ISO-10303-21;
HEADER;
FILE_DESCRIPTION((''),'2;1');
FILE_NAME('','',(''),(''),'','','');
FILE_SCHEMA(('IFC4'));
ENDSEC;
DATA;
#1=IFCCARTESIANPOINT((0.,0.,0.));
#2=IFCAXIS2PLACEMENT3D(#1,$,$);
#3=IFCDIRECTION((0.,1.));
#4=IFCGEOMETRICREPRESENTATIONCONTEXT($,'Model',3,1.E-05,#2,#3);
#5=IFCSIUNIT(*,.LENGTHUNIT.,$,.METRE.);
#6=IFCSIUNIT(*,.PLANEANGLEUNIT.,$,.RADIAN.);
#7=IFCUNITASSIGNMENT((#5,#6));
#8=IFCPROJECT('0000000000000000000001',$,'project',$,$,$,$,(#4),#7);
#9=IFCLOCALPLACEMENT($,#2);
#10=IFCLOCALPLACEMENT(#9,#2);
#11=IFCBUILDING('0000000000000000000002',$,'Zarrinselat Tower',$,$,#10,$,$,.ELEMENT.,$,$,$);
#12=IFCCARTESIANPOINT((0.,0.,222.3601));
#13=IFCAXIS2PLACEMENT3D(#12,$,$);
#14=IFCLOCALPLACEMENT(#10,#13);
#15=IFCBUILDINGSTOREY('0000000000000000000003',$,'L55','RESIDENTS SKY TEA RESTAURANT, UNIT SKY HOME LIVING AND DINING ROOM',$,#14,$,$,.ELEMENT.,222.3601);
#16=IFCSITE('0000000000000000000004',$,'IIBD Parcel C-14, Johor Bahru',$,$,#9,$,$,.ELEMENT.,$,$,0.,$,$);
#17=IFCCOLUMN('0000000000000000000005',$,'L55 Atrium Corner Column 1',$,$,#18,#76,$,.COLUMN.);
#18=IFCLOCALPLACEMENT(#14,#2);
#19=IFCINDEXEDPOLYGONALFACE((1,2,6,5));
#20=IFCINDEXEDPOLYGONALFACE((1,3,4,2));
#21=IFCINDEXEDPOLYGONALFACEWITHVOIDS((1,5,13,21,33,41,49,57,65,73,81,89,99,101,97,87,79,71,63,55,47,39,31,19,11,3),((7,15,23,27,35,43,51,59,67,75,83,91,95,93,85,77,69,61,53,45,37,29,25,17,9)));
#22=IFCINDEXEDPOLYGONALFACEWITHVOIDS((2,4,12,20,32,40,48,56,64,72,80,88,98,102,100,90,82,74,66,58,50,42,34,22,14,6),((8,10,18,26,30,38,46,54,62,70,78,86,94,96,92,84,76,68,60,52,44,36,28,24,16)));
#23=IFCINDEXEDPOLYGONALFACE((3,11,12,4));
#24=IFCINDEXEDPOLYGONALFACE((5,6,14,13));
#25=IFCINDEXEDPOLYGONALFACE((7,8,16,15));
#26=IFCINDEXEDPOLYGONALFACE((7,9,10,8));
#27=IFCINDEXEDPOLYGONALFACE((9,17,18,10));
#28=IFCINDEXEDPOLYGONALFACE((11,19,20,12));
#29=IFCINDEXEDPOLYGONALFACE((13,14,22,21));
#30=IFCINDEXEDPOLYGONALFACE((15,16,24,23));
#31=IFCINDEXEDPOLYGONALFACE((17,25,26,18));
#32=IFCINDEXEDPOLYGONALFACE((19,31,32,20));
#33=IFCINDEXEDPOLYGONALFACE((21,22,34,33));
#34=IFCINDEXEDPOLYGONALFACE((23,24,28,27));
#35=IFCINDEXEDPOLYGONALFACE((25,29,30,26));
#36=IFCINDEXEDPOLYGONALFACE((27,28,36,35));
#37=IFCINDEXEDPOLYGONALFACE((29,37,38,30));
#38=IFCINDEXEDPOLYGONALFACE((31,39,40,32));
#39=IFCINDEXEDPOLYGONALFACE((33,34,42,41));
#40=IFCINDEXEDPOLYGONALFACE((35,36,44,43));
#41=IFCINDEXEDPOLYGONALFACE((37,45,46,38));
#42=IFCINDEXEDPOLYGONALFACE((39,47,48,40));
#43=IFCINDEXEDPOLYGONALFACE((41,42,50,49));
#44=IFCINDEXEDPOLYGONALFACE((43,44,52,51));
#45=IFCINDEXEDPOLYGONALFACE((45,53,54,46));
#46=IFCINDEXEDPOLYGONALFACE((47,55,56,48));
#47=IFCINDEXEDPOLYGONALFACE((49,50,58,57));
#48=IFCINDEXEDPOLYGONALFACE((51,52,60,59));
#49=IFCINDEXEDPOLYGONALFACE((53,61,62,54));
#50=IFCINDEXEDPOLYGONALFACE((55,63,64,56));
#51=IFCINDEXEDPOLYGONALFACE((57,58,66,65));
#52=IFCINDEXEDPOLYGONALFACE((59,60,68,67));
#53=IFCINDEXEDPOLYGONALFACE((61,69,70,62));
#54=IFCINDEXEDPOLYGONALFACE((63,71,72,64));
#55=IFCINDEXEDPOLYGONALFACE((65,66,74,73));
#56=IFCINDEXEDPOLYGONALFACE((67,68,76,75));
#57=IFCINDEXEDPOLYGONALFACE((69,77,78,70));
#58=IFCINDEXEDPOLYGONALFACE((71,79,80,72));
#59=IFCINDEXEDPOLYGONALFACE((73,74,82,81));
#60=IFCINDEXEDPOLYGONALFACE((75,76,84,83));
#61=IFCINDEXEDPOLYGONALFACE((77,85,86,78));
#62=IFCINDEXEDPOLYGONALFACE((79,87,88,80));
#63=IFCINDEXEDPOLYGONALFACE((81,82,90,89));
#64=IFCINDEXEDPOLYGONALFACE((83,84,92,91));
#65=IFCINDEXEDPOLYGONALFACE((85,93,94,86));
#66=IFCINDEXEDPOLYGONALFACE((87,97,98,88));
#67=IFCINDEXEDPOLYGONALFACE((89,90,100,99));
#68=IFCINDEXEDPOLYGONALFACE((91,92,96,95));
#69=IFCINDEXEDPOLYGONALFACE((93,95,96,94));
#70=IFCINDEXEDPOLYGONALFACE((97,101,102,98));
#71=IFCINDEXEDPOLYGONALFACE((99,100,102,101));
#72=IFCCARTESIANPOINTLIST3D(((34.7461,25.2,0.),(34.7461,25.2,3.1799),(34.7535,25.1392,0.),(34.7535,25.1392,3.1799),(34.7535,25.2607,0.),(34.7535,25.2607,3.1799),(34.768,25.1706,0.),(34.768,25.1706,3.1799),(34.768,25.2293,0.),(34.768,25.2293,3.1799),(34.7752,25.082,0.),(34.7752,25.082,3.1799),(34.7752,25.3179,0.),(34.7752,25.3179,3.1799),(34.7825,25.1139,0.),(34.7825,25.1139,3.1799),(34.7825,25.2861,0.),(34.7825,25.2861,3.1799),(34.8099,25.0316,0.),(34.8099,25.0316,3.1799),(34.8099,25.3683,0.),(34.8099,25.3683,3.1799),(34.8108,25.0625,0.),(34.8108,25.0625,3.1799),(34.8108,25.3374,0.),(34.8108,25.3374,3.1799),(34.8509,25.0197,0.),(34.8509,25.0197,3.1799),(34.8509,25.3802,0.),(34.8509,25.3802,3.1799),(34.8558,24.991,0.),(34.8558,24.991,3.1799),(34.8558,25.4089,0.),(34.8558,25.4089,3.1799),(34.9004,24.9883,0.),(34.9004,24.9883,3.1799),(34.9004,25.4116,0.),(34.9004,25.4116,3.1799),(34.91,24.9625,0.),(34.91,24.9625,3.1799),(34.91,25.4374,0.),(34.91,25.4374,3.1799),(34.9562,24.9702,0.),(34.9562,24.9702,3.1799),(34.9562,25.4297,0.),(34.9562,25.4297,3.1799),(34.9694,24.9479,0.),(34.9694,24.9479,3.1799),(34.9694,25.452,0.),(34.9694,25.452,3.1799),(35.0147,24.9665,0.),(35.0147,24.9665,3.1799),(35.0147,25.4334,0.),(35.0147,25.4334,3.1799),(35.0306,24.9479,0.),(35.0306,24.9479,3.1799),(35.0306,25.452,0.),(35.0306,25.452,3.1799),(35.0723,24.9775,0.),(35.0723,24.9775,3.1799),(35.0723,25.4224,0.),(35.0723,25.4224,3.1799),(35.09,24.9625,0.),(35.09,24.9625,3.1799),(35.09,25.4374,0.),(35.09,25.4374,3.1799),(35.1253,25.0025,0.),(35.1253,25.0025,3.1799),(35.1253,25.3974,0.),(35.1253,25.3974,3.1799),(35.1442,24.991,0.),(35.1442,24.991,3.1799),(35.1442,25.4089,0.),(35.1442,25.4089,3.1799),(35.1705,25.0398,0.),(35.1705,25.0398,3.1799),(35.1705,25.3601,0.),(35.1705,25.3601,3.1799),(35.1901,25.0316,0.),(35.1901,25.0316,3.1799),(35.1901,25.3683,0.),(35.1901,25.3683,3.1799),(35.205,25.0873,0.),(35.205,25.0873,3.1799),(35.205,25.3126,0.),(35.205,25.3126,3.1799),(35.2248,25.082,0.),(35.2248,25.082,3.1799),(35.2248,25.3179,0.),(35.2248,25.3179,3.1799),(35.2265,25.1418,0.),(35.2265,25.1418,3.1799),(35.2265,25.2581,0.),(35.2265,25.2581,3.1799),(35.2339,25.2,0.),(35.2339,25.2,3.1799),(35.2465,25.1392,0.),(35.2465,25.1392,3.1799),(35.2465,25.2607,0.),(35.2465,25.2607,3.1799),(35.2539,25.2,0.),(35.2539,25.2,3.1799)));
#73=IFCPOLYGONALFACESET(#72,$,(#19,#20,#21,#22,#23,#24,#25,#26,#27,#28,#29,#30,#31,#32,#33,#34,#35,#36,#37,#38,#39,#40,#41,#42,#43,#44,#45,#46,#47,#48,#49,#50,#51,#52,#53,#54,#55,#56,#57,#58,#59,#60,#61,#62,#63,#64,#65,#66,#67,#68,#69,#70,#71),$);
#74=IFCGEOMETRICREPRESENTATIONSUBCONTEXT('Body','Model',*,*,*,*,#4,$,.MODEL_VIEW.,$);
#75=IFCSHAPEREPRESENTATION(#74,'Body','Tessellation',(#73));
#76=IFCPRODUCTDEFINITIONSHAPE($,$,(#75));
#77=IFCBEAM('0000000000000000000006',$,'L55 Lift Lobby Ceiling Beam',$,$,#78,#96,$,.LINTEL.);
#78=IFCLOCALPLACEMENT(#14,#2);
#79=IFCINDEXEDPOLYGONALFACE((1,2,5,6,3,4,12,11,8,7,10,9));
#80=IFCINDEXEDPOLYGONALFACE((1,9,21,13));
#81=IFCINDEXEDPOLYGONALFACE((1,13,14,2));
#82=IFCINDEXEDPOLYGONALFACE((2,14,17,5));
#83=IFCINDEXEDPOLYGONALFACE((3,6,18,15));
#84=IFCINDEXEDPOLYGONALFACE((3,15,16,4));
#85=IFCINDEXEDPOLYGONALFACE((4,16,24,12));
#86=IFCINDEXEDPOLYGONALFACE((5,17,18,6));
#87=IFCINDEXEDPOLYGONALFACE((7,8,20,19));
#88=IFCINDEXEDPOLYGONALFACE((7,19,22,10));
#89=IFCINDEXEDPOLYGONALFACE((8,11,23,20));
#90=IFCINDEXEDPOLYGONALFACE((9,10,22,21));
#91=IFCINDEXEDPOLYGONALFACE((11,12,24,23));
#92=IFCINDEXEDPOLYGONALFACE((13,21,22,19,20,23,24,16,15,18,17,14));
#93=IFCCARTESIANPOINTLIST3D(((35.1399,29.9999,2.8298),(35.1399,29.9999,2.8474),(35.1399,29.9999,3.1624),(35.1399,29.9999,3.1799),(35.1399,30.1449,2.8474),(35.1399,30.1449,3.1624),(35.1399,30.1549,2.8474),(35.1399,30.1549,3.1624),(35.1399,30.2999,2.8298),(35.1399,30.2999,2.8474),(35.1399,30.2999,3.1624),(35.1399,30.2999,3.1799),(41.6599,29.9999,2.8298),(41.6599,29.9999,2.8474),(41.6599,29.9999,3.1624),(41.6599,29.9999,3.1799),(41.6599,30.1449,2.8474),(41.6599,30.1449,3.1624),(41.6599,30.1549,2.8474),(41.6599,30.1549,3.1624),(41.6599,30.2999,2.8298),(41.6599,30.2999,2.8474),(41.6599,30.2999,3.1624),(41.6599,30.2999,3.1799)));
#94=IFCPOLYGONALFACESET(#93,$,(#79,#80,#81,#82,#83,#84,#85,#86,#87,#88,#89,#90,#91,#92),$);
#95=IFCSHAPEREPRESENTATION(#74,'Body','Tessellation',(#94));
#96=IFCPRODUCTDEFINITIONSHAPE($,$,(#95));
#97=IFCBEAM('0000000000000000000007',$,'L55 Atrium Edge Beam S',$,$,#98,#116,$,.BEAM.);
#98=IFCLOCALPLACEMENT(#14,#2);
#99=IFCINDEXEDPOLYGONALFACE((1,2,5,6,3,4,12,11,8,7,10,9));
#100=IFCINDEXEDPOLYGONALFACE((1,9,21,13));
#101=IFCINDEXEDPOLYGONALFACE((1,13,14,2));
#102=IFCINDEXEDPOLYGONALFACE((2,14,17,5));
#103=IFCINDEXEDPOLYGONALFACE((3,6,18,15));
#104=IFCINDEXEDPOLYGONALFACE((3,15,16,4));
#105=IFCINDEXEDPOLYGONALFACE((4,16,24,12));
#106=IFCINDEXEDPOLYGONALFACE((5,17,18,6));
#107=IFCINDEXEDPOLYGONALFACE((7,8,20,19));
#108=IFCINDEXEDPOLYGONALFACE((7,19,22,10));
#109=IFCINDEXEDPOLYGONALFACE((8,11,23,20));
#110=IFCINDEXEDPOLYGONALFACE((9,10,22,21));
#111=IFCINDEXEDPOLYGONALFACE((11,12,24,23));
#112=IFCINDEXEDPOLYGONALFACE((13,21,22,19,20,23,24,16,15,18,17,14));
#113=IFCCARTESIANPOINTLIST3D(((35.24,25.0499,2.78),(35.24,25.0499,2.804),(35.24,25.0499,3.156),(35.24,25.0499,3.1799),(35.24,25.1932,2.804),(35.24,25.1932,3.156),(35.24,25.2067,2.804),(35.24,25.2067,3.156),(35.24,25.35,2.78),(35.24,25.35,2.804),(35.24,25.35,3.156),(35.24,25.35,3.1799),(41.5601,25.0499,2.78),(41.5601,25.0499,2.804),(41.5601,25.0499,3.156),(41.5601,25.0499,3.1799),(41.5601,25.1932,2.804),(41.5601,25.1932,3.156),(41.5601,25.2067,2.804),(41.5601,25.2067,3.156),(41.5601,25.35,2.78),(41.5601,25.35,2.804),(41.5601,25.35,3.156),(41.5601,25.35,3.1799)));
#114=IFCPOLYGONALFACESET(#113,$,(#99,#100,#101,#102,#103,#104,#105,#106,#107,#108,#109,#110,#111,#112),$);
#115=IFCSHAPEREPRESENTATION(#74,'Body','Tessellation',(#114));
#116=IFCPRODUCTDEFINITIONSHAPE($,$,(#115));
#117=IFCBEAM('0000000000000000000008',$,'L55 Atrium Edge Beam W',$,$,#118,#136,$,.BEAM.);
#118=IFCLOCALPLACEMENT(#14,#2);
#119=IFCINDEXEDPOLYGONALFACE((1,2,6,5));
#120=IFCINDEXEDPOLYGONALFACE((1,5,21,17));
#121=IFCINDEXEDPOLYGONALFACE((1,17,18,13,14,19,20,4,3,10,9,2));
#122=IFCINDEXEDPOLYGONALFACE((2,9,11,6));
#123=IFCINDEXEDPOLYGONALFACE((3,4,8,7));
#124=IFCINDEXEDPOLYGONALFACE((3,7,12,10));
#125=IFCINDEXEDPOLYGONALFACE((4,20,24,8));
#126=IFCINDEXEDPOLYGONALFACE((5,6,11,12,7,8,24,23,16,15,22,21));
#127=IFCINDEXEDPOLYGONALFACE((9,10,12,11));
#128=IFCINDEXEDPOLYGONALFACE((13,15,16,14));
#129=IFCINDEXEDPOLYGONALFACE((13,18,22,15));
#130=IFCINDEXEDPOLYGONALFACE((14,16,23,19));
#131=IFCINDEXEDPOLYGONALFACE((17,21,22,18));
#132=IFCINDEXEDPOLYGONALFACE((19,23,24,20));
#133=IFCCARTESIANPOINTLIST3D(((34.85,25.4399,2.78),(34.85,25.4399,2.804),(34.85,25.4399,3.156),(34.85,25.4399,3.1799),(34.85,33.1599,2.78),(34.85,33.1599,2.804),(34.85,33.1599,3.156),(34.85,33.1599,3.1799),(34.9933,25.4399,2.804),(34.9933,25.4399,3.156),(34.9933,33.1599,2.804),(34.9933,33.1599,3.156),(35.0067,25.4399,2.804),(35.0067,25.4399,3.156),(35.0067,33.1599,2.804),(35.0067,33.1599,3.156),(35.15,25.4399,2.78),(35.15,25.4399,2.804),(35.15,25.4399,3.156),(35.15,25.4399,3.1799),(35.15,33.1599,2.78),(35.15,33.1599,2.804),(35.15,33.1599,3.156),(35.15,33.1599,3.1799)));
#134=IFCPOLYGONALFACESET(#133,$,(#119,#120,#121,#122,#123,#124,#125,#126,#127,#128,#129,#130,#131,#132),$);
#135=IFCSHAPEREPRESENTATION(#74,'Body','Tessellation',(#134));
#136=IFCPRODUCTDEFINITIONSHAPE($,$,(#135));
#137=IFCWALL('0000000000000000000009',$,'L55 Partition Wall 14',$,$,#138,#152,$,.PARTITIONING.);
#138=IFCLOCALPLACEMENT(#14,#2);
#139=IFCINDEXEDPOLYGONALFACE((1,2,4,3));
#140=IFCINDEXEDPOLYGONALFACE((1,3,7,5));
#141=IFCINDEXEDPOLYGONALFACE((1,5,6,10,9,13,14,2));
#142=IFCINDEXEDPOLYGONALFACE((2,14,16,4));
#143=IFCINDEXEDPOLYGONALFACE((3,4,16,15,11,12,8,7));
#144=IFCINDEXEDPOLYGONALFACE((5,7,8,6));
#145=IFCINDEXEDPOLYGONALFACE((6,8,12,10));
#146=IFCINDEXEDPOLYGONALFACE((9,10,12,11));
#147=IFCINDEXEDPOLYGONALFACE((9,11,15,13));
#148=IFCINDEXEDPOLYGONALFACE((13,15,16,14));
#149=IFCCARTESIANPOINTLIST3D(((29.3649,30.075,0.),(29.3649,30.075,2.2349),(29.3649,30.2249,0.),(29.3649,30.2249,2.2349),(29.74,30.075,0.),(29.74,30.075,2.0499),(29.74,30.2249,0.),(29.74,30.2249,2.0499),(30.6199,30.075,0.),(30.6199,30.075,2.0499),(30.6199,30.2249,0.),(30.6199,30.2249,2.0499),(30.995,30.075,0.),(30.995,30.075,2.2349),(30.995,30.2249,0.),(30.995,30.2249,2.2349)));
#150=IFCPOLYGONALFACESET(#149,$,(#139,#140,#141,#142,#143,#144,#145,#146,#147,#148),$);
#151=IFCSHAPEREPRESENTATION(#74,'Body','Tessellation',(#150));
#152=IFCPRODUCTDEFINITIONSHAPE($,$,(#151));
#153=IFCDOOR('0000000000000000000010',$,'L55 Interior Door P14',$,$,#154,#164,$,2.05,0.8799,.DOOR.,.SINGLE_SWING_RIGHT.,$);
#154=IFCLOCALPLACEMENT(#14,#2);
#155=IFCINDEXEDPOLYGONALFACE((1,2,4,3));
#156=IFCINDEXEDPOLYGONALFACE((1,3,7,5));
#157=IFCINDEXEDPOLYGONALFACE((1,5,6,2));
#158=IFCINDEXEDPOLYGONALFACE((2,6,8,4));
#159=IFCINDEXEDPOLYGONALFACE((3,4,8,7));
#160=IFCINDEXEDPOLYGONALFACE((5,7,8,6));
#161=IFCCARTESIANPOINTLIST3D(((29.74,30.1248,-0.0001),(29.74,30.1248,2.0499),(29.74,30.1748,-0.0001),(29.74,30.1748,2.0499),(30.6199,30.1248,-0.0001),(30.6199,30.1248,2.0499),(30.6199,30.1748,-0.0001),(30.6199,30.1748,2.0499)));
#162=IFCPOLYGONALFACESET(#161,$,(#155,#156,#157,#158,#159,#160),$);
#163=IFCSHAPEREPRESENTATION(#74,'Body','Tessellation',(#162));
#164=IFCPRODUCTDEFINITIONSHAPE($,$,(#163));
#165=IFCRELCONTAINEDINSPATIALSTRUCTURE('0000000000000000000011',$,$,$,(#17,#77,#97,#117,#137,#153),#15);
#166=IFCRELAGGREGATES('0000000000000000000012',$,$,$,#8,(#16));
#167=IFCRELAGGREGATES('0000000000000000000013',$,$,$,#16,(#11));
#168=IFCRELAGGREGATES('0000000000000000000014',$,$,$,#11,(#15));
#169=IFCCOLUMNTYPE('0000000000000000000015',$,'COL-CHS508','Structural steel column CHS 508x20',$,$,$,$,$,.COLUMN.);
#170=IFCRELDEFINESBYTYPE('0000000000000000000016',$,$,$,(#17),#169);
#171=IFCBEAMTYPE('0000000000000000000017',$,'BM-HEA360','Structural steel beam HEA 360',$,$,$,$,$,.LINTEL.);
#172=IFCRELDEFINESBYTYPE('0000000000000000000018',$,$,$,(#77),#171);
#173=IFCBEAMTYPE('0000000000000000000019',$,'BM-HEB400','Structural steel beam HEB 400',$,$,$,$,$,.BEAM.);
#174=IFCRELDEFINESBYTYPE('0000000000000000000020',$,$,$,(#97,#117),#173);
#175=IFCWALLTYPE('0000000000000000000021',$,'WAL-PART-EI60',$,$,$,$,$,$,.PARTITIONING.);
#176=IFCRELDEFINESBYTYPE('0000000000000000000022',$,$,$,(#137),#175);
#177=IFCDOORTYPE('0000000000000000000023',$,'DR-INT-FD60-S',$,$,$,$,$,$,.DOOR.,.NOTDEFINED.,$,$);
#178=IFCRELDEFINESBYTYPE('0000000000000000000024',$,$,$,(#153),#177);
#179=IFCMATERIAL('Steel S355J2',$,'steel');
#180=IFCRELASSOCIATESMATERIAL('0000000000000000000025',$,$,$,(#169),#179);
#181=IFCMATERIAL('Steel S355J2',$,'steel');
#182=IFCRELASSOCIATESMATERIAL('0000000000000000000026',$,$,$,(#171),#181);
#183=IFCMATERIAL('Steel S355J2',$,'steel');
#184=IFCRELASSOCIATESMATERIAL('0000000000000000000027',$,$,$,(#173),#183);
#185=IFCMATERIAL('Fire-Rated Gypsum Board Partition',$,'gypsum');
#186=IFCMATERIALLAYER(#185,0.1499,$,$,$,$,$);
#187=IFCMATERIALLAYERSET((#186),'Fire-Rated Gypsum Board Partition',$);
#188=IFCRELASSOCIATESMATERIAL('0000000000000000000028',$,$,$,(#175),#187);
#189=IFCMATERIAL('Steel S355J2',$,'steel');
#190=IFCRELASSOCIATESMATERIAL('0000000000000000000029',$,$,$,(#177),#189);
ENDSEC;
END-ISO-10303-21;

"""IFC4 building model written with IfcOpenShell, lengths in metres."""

from ifc_helpers import new_model, si_unit, direction, frame, frame_2d, origin, origin_2d, place, context, subcontext, project, spatial, rectangle, hollow_circle, i_section, extrude, material, layer, layer_set, material_profile, profile_set, type_object, element, fill, save


model = new_model("IFC4")

# Units and contexts
model_context = context("Model", 3, precision=1e-05, world=origin(), true_north=direction((0.0, 1.0)))
body_context = subcontext(model_context, "Body", "Model", "MODEL_VIEW")
ifc_project = project(units=[si_unit("LENGTHUNIT", "METRE"), si_unit("PLANEANGLEUNIT", "RADIAN")], contexts=[model_context])

# Site, building, storey
site_placement = place(None, origin())
site = spatial("IfcSite", under=ifc_project, at=site_placement, Name="IIBD Parcel C-14, Johor Bahru", CompositionType="ELEMENT", RefElevation=0.0)
building_placement = place(site_placement, origin())
building = spatial("IfcBuilding", under=site, at=building_placement, Name="Zarrinselat Tower", CompositionType="ELEMENT")
storey_placement = place(building_placement, frame((0.0, 0.0, 222.3601)))
storey = spatial("IfcBuildingStorey", under=building, at=storey_placement, Name="L55", Description="RESIDENTS SKY TEA RESTAURANT, UNIT SKY HOME LIVING AND DINING ROOM", CompositionType="ELEMENT", Elevation=222.3601)

# Column
ifc_material_1 = material(Name="Steel S355J2", Category="steel")
ifc_material_profile_1 = material_profile(ifc_material_1, hollow_circle(Radius=0.2539, WallThickness=0.02, at=origin_2d()), Name="CHS 508x20")
ifc_profile_set_1 = profile_set([ifc_material_profile_1], Name="Steel S355J2")
column_type = type_object("IfcColumnType", Name="COL-CHS508", Description="Structural steel column CHS 508x20", PredefinedType="COLUMN", material=ifc_profile_set_1)
column_placement = place(storey_placement, frame((35.0, 25.2, 0.0), z_axis=(0.0, 0.0, 1.0), x_axis=(1.0, 0.0, 0.0)))
element("IfcColumn", 1, at=column_placement, inside=storey, type_object=column_type, Name="L55 Atrium Corner Column 1", PredefinedType="COLUMN", context=body_context, shape_type="SweptSolid", body=[
    extrude(hollow_circle(Radius=0.2539, WallThickness=0.02, at=origin_2d()), origin(), (0.0, 0.0, 1.0), 3.1799),
])

# Beams
ifc_material_2 = material(Name="Steel S355J2", Category="steel")
ifc_material_profile_2 = material_profile(ifc_material_2, i_section(OverallWidth=0.3, OverallDepth=0.3501, WebThickness=0.01, FlangeThickness=0.0176, at=origin_2d()), Name="HEA 360")
ifc_profile_set_2 = profile_set([ifc_material_profile_2], Name="Steel S355J2")
beam_type_1 = type_object("IfcBeamType", Name="BM-HEA360", Description="Structural steel beam HEA 360", PredefinedType="LINTEL", material=ifc_profile_set_2)
beam_1_placement = place(storey_placement, frame((35.1399, 30.1499, 3.0049), z_axis=(1.0, 0.0, 0.0), x_axis=(0.0, 1.0, 0.0)))
element("IfcBeam", 2, at=beam_1_placement, inside=storey, type_object=beam_type_1, Name="L55 Lift Lobby Ceiling Beam", PredefinedType="LINTEL", context=body_context, shape_type="SweptSolid", body=[
    extrude(i_section(OverallWidth=0.3, OverallDepth=0.3501, WebThickness=0.01, FlangeThickness=0.0176, at=origin_2d()), origin(), (0.0, 0.0, 1.0), 6.52),
])
ifc_material_3 = material(Name="Steel S355J2", Category="steel")
ifc_material_profile_3 = material_profile(ifc_material_3, i_section(OverallWidth=0.3, OverallDepth=0.3999, WebThickness=0.0134, FlangeThickness=0.0239, at=origin_2d()), Name="HEB 400")
ifc_profile_set_3 = profile_set([ifc_material_profile_3], Name="Steel S355J2")
beam_type_2 = type_object("IfcBeamType", Name="BM-HEB400", Description="Structural steel beam HEB 400", PredefinedType="BEAM", material=ifc_profile_set_3)
beam_2_placement = place(storey_placement, frame((35.24, 25.2, 2.98), z_axis=(1.0, 0.0, 0.0), x_axis=(0.0, 1.0, 0.0)))
element("IfcBeam", 3, at=beam_2_placement, inside=storey, type_object=beam_type_2, Name="L55 Atrium Edge Beam S", PredefinedType="BEAM", context=body_context, shape_type="SweptSolid", body=[
    extrude(i_section(OverallWidth=0.3, OverallDepth=0.3999, WebThickness=0.0134, FlangeThickness=0.0239, at=origin_2d()), origin(), (0.0, 0.0, 1.0), 6.3201),
])
beam_3_placement = place(storey_placement, frame((35.0, 25.4399, 2.98), z_axis=(0.0, 1.0, 0.0), x_axis=(-1.0, 0.0, 0.0)))
element("IfcBeam", 4, at=beam_3_placement, inside=storey, type_object=beam_type_2, Name="L55 Atrium Edge Beam W", PredefinedType="BEAM", context=body_context, shape_type="SweptSolid", body=[
    extrude(i_section(OverallWidth=0.3, OverallDepth=0.3999, WebThickness=0.0134, FlangeThickness=0.0239, at=origin_2d()), origin(), (0.0, 0.0, 1.0), 7.72),
])

# Wall, opening, door
ifc_material_4 = material(Name="Fire-Rated Gypsum Board Partition", Category="gypsum")
ifc_layer_1 = layer(ifc_material_4, 0.1499)
ifc_layer_set_1 = layer_set([ifc_layer_1], Name="Fire-Rated Gypsum Board Partition")
wall_type_1 = type_object("IfcWallType", Name="WAL-PART-EI60", PredefinedType="PARTITIONING", material=ifc_layer_set_1)
wall_1_placement = place(storey_placement, frame((29.365, 30.1499, 0.0), z_axis=(0.0, 0.0, 1.0), x_axis=(1.0, 0.0, 0.0)))
wall_1 = element("IfcWall", 5, at=wall_1_placement, inside=storey, type_object=wall_type_1, Name="L55 Partition Wall 14", PredefinedType="PARTITIONING", context=body_context, shape_type="SweptSolid", body=[
    extrude(rectangle(XDim=1.6301, YDim=0.1499, at=frame_2d((0.8149, 0.0))), origin(), (0.0, 0.0, 1.0), 2.2349),
])
opening_1_placement = place(wall_1_placement, frame((0.375, 0.0, 0.0)))
opening_1 = element("IfcOpeningElement", 6, at=opening_1_placement, cuts=wall_1, PredefinedType="OPENING", context=body_context, shape_type="SweptSolid", body=[
    extrude(rectangle(XDim=0.8799, YDim=2.05, at=frame_2d((0.4399, 1.0249))), frame((0.0, 0.085, 0.0), z_axis=(0.0, -1.0, 0.0), x_axis=(1.0, 0.0, 0.0)), (0.0, 0.0, 1.0), 0.1699),
])
ifc_material_5 = material(Name="Steel S355J2", Category="steel")
door_type_1 = type_object("IfcDoorType", Name="DR-INT-FD60-S", OperationType="NOTDEFINED", PredefinedType="DOOR", material=ifc_material_5)
door_1_placement = place(opening_1_placement, origin())
door_1 = element("IfcDoor", 7, at=door_1_placement, inside=storey, type_object=door_type_1, Name="L55 Interior Door P14", OperationType="SINGLE_SWING_RIGHT", OverallHeight=2.05, OverallWidth=0.8799, PredefinedType="DOOR", context=body_context, shape_type="SweptSolid", body=[
    extrude(rectangle(XDim=0.8799, YDim=2.05, at=frame_2d((0.4399, 1.0249))), frame((0.0, 0.0249, 0.0), z_axis=(0.0, -1.0, 0.0), x_axis=(1.0, 0.0, 0.0)), (0.0, 0.0, 1.0), 0.05),
])
fill(opening_1, door_1)

save(model, "model.ifc")
